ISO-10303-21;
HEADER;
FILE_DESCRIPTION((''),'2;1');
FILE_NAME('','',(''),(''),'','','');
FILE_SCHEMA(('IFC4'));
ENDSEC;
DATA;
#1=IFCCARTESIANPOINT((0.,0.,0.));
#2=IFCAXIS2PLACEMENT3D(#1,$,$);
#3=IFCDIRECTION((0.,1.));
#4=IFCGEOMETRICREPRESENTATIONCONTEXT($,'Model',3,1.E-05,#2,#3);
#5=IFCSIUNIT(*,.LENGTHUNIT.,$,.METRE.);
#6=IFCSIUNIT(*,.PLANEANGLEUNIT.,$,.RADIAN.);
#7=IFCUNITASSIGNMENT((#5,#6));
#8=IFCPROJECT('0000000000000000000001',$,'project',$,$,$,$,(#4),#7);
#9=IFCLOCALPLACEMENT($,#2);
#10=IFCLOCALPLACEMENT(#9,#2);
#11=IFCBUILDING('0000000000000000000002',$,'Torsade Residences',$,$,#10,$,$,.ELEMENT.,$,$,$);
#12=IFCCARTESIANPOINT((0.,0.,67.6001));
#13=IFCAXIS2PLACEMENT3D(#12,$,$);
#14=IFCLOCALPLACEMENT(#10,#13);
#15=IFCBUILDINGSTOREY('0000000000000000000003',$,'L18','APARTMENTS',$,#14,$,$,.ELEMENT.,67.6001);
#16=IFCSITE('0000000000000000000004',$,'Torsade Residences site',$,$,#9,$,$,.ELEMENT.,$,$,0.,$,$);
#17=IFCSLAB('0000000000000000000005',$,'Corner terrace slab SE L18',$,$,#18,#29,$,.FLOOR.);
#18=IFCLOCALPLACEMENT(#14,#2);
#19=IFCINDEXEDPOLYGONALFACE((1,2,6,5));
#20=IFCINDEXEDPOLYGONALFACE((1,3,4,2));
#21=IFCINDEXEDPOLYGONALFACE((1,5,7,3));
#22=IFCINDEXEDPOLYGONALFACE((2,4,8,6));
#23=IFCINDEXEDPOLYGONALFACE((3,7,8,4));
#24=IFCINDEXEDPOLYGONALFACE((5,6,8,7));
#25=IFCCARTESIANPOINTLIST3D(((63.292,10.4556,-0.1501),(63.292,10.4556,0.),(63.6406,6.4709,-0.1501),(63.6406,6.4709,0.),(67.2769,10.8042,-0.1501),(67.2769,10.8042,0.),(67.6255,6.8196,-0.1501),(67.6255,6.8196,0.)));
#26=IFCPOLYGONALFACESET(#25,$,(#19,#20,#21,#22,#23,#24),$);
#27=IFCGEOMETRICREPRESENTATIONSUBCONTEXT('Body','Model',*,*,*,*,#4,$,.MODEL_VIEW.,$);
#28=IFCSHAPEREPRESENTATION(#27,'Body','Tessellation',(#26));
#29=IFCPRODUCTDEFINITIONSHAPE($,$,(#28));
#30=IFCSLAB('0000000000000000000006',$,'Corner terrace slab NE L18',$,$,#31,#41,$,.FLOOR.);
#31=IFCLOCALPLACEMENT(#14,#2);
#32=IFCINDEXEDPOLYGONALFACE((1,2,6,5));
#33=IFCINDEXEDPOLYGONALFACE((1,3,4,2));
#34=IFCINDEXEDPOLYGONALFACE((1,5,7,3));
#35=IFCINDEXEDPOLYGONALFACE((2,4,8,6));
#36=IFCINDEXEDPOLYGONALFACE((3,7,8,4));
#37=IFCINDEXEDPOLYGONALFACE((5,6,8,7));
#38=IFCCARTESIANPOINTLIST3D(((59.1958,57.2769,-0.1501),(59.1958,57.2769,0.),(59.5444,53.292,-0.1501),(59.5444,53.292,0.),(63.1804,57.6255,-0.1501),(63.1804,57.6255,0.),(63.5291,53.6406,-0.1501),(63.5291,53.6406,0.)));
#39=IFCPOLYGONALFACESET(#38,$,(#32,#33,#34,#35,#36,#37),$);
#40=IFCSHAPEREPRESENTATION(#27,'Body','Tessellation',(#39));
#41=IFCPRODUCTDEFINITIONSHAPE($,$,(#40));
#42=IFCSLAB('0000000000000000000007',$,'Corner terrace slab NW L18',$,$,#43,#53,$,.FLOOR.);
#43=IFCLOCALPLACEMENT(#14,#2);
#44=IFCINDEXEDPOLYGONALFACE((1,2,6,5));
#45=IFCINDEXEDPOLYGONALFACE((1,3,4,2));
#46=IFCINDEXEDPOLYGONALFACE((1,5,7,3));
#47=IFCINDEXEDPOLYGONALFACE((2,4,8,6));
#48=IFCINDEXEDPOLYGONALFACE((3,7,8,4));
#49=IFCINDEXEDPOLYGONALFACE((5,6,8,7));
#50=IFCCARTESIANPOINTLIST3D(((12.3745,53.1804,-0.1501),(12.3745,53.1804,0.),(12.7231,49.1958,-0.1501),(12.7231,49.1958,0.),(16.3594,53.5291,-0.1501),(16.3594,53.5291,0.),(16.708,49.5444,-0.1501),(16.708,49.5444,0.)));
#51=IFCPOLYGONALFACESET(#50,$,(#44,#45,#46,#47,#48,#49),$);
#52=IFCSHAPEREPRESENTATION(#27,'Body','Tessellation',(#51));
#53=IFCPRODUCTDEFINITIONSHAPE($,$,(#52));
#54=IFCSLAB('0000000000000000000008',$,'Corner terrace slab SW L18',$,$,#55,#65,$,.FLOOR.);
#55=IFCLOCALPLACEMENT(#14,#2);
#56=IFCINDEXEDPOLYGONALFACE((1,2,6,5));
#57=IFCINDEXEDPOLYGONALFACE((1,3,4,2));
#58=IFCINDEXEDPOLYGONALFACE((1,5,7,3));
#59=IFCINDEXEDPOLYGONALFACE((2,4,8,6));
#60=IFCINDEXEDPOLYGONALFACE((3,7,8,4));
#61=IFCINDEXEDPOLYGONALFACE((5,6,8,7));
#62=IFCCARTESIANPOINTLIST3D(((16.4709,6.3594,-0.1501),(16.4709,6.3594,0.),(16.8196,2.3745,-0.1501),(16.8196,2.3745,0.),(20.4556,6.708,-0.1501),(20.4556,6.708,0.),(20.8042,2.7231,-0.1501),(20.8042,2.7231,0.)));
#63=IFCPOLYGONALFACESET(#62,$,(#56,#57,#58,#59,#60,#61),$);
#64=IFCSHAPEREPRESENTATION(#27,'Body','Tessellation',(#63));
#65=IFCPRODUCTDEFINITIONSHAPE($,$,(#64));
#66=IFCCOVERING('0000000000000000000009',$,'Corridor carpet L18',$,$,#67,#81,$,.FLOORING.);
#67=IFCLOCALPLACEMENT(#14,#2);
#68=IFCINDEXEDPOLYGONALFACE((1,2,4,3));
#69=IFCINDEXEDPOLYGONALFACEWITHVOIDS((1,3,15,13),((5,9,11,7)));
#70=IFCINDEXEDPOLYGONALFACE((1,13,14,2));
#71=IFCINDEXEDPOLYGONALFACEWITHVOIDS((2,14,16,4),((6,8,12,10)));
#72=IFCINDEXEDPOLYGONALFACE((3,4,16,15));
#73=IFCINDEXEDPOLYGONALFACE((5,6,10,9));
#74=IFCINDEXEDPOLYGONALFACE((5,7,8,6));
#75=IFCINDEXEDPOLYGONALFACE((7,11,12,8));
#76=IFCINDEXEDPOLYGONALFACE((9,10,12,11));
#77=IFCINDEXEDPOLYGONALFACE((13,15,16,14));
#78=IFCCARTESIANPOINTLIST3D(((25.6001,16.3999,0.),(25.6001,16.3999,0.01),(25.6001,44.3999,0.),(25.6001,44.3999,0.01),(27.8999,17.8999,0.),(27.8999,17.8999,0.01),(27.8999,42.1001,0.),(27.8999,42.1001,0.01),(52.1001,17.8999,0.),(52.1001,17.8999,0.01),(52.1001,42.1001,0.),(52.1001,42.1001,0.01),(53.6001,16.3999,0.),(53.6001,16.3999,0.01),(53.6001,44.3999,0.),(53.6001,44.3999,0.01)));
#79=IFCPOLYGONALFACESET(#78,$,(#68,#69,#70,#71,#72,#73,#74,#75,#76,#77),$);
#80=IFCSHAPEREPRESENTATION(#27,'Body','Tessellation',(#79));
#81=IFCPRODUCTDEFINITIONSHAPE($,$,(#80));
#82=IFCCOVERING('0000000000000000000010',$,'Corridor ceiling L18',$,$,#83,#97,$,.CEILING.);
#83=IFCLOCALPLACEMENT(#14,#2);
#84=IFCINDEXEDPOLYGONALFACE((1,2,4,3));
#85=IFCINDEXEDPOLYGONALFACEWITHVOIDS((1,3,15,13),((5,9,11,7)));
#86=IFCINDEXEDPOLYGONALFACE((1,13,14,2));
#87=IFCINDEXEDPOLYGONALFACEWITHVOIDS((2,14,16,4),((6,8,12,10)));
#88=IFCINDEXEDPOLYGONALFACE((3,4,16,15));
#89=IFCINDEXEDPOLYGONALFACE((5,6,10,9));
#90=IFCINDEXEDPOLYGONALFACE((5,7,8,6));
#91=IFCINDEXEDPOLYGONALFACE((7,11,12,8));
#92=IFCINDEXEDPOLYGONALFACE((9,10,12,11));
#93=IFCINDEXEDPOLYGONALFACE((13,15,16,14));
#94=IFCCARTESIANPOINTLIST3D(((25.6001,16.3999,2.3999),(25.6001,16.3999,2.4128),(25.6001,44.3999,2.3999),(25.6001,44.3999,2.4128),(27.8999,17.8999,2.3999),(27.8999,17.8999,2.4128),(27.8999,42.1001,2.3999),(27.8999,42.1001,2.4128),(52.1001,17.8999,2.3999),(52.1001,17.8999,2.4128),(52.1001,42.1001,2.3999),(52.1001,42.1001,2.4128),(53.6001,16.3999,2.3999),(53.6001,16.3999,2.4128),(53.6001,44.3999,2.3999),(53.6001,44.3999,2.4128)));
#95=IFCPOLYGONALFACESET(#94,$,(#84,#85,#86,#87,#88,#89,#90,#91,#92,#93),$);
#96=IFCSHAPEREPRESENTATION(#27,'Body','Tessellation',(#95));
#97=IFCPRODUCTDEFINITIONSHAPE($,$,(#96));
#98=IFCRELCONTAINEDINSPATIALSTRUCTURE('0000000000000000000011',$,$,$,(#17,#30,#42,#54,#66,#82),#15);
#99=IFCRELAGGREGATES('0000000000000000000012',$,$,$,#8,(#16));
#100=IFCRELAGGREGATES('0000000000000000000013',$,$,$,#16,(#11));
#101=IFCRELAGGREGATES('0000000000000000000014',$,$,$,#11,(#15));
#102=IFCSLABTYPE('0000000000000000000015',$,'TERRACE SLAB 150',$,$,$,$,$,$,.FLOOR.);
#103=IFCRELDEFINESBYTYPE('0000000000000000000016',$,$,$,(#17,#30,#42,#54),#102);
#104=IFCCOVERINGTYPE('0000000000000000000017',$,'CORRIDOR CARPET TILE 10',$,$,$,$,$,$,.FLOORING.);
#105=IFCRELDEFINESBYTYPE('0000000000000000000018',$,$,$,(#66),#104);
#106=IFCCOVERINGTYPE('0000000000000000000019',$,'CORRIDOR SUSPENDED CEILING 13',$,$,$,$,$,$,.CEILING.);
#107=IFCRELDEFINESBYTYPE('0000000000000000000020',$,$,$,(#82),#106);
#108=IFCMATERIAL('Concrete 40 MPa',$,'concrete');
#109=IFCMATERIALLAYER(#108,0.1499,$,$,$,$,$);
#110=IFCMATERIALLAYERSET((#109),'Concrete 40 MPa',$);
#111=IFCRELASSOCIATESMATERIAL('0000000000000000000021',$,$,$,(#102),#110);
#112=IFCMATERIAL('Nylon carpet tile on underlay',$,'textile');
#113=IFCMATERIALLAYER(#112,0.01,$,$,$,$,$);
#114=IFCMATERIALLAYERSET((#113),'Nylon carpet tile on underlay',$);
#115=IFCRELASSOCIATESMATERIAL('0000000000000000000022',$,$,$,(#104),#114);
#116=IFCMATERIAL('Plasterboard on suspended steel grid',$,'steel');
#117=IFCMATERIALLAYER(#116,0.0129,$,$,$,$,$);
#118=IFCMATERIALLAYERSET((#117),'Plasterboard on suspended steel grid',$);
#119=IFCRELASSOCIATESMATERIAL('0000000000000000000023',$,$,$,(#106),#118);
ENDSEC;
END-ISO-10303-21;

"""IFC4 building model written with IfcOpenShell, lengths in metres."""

from ifc_helpers import new_model, si_unit, direction, frame, origin, place, context, subcontext, project, spatial, polyline, outline, extrude, material, layer, layer_set, type_object, element, save


model = new_model("IFC4")

# Units and contexts
model_context = context("Model", 3, precision=1e-05, world=origin(), true_north=direction((0.0, 1.0)))
body_context = subcontext(model_context, "Body", "Model", "MODEL_VIEW")
ifc_project = project(units=[si_unit("LENGTHUNIT", "METRE"), si_unit("PLANEANGLEUNIT", "RADIAN")], contexts=[model_context])

# Site, building, storey
site_placement = place(None, origin())
site = spatial("IfcSite", under=ifc_project, at=site_placement, Name="Torsade Residences site", CompositionType="ELEMENT", RefElevation=0.0)
building_placement = place(site_placement, origin())
building = spatial("IfcBuilding", under=site, at=building_placement, Name="Torsade Residences", CompositionType="ELEMENT")
storey_placement = place(building_placement, frame((0.0, 0.0, 67.6001)))
storey = spatial("IfcBuildingStorey", under=building, at=storey_placement, Name="L18", Description="APARTMENTS", CompositionType="ELEMENT", Elevation=67.6001)

# Slabs
ifc_material_1 = material(Name="Concrete 40 MPa", Category="concrete")
ifc_layer_1 = layer(ifc_material_1, 0.1499)
ifc_layer_set_1 = layer_set([ifc_layer_1], Name="Concrete 40 MPa")
slab_type_1 = type_object("IfcSlabType", Name="TERRACE SLAB 150", PredefinedType="FLOOR", material=ifc_layer_set_1)
slab_1_placement = place(storey_placement, frame((0.0, 0.0, -0.1501)))
element("IfcSlab", 1, at=slab_1_placement, inside=storey, type_object=slab_type_1, Name="Corner terrace slab SE L18", PredefinedType="FLOOR", context=body_context, shape_type="SweptSolid", body=[
    extrude(outline(polyline([(63.6406, 6.4709), (67.6255, 6.8196), (67.2769, 10.8042), (63.292, 10.4556), (63.6406, 6.4709)])), origin(), (0.0, 0.0, 1.0), 0.1501),
])
slab_2_placement = place(storey_placement, frame((0.0, 0.0, -0.1501)))
element("IfcSlab", 2, at=slab_2_placement, inside=storey, type_object=slab_type_1, Name="Corner terrace slab NE L18", PredefinedType="FLOOR", context=body_context, shape_type="SweptSolid", body=[
    extrude(outline(polyline([(59.5444, 53.292), (63.5291, 53.6406), (63.1804, 57.6255), (59.1958, 57.2769), (59.5444, 53.292)])), origin(), (0.0, 0.0, 1.0), 0.1501),
])
slab_3_placement = place(storey_placement, frame((0.0, 0.0, -0.1501)))
element("IfcSlab", 3, at=slab_3_placement, inside=storey, type_object=slab_type_1, Name="Corner terrace slab NW L18", PredefinedType="FLOOR", context=body_context, shape_type="SweptSolid", body=[
    extrude(outline(polyline([(12.7231, 49.1958), (16.708, 49.5444), (16.3594, 53.5291), (12.3745, 53.1804), (12.7231, 49.1958)])), origin(), (0.0, 0.0, 1.0), 0.1501),
])
slab_4_placement = place(storey_placement, frame((0.0, 0.0, -0.1501)))
element("IfcSlab", 4, at=slab_4_placement, inside=storey, type_object=slab_type_1, Name="Corner terrace slab SW L18", PredefinedType="FLOOR", context=body_context, shape_type="SweptSolid", body=[
    extrude(outline(polyline([(16.8196, 2.3745), (20.8042, 2.7231), (20.4556, 6.708), (16.4709, 6.3594), (16.8196, 2.3745)])), origin(), (0.0, 0.0, 1.0), 0.1501),
])

# Coverings
ifc_material_2 = material(Name="Nylon carpet tile on underlay", Category="textile")
ifc_layer_2 = layer(ifc_material_2, 0.01)
ifc_layer_set_2 = layer_set([ifc_layer_2], Name="Nylon carpet tile on underlay")
covering_type_1 = type_object("IfcCoveringType", Name="CORRIDOR CARPET TILE 10", PredefinedType="FLOORING", material=ifc_layer_set_2)
covering_1_placement = place(storey_placement, origin())
element("IfcCovering", 5, at=covering_1_placement, inside=storey, type_object=covering_type_1, Name="Corridor carpet L18", PredefinedType="FLOORING", context=body_context, shape_type="SweptSolid", body=[
    extrude(outline(polyline([(53.6001, 16.3999), (53.6001, 44.3999), (25.6001, 44.3999), (25.6001, 16.3999), (53.6001, 16.3999)]), holes=[polyline([(52.1001, 42.1001), (27.8999, 42.1001), (27.8999, 17.8999), (52.1001, 17.8999), (52.1001, 42.1001)])]), origin(), (0.0, 0.0, 1.0), 0.01),
])
ifc_material_3 = material(Name="Plasterboard on suspended steel grid", Category="steel")
ifc_layer_3 = layer(ifc_material_3, 0.0129)
ifc_layer_set_3 = layer_set([ifc_layer_3], Name="Plasterboard on suspended steel grid")
covering_type_2 = type_object("IfcCoveringType", Name="CORRIDOR SUSPENDED CEILING 13", PredefinedType="CEILING", material=ifc_layer_set_3)
covering_2_placement = place(storey_placement, frame((0.0, 0.0, 2.3999)))
element("IfcCovering", 6, at=covering_2_placement, inside=storey, type_object=covering_type_2, Name="Corridor ceiling L18", PredefinedType="CEILING", context=body_context, shape_type="SweptSolid", body=[
    extrude(outline(polyline([(53.6001, 16.3999), (53.6001, 44.3999), (25.6001, 44.3999), (25.6001, 16.3999), (53.6001, 16.3999)]), holes=[polyline([(52.1001, 42.1001), (27.8999, 42.1001), (27.8999, 17.8999), (52.1001, 17.8999), (52.1001, 42.1001)])]), origin(), (0.0, 0.0, 1.0), 0.0129),
])

save(model, "model.ifc")
